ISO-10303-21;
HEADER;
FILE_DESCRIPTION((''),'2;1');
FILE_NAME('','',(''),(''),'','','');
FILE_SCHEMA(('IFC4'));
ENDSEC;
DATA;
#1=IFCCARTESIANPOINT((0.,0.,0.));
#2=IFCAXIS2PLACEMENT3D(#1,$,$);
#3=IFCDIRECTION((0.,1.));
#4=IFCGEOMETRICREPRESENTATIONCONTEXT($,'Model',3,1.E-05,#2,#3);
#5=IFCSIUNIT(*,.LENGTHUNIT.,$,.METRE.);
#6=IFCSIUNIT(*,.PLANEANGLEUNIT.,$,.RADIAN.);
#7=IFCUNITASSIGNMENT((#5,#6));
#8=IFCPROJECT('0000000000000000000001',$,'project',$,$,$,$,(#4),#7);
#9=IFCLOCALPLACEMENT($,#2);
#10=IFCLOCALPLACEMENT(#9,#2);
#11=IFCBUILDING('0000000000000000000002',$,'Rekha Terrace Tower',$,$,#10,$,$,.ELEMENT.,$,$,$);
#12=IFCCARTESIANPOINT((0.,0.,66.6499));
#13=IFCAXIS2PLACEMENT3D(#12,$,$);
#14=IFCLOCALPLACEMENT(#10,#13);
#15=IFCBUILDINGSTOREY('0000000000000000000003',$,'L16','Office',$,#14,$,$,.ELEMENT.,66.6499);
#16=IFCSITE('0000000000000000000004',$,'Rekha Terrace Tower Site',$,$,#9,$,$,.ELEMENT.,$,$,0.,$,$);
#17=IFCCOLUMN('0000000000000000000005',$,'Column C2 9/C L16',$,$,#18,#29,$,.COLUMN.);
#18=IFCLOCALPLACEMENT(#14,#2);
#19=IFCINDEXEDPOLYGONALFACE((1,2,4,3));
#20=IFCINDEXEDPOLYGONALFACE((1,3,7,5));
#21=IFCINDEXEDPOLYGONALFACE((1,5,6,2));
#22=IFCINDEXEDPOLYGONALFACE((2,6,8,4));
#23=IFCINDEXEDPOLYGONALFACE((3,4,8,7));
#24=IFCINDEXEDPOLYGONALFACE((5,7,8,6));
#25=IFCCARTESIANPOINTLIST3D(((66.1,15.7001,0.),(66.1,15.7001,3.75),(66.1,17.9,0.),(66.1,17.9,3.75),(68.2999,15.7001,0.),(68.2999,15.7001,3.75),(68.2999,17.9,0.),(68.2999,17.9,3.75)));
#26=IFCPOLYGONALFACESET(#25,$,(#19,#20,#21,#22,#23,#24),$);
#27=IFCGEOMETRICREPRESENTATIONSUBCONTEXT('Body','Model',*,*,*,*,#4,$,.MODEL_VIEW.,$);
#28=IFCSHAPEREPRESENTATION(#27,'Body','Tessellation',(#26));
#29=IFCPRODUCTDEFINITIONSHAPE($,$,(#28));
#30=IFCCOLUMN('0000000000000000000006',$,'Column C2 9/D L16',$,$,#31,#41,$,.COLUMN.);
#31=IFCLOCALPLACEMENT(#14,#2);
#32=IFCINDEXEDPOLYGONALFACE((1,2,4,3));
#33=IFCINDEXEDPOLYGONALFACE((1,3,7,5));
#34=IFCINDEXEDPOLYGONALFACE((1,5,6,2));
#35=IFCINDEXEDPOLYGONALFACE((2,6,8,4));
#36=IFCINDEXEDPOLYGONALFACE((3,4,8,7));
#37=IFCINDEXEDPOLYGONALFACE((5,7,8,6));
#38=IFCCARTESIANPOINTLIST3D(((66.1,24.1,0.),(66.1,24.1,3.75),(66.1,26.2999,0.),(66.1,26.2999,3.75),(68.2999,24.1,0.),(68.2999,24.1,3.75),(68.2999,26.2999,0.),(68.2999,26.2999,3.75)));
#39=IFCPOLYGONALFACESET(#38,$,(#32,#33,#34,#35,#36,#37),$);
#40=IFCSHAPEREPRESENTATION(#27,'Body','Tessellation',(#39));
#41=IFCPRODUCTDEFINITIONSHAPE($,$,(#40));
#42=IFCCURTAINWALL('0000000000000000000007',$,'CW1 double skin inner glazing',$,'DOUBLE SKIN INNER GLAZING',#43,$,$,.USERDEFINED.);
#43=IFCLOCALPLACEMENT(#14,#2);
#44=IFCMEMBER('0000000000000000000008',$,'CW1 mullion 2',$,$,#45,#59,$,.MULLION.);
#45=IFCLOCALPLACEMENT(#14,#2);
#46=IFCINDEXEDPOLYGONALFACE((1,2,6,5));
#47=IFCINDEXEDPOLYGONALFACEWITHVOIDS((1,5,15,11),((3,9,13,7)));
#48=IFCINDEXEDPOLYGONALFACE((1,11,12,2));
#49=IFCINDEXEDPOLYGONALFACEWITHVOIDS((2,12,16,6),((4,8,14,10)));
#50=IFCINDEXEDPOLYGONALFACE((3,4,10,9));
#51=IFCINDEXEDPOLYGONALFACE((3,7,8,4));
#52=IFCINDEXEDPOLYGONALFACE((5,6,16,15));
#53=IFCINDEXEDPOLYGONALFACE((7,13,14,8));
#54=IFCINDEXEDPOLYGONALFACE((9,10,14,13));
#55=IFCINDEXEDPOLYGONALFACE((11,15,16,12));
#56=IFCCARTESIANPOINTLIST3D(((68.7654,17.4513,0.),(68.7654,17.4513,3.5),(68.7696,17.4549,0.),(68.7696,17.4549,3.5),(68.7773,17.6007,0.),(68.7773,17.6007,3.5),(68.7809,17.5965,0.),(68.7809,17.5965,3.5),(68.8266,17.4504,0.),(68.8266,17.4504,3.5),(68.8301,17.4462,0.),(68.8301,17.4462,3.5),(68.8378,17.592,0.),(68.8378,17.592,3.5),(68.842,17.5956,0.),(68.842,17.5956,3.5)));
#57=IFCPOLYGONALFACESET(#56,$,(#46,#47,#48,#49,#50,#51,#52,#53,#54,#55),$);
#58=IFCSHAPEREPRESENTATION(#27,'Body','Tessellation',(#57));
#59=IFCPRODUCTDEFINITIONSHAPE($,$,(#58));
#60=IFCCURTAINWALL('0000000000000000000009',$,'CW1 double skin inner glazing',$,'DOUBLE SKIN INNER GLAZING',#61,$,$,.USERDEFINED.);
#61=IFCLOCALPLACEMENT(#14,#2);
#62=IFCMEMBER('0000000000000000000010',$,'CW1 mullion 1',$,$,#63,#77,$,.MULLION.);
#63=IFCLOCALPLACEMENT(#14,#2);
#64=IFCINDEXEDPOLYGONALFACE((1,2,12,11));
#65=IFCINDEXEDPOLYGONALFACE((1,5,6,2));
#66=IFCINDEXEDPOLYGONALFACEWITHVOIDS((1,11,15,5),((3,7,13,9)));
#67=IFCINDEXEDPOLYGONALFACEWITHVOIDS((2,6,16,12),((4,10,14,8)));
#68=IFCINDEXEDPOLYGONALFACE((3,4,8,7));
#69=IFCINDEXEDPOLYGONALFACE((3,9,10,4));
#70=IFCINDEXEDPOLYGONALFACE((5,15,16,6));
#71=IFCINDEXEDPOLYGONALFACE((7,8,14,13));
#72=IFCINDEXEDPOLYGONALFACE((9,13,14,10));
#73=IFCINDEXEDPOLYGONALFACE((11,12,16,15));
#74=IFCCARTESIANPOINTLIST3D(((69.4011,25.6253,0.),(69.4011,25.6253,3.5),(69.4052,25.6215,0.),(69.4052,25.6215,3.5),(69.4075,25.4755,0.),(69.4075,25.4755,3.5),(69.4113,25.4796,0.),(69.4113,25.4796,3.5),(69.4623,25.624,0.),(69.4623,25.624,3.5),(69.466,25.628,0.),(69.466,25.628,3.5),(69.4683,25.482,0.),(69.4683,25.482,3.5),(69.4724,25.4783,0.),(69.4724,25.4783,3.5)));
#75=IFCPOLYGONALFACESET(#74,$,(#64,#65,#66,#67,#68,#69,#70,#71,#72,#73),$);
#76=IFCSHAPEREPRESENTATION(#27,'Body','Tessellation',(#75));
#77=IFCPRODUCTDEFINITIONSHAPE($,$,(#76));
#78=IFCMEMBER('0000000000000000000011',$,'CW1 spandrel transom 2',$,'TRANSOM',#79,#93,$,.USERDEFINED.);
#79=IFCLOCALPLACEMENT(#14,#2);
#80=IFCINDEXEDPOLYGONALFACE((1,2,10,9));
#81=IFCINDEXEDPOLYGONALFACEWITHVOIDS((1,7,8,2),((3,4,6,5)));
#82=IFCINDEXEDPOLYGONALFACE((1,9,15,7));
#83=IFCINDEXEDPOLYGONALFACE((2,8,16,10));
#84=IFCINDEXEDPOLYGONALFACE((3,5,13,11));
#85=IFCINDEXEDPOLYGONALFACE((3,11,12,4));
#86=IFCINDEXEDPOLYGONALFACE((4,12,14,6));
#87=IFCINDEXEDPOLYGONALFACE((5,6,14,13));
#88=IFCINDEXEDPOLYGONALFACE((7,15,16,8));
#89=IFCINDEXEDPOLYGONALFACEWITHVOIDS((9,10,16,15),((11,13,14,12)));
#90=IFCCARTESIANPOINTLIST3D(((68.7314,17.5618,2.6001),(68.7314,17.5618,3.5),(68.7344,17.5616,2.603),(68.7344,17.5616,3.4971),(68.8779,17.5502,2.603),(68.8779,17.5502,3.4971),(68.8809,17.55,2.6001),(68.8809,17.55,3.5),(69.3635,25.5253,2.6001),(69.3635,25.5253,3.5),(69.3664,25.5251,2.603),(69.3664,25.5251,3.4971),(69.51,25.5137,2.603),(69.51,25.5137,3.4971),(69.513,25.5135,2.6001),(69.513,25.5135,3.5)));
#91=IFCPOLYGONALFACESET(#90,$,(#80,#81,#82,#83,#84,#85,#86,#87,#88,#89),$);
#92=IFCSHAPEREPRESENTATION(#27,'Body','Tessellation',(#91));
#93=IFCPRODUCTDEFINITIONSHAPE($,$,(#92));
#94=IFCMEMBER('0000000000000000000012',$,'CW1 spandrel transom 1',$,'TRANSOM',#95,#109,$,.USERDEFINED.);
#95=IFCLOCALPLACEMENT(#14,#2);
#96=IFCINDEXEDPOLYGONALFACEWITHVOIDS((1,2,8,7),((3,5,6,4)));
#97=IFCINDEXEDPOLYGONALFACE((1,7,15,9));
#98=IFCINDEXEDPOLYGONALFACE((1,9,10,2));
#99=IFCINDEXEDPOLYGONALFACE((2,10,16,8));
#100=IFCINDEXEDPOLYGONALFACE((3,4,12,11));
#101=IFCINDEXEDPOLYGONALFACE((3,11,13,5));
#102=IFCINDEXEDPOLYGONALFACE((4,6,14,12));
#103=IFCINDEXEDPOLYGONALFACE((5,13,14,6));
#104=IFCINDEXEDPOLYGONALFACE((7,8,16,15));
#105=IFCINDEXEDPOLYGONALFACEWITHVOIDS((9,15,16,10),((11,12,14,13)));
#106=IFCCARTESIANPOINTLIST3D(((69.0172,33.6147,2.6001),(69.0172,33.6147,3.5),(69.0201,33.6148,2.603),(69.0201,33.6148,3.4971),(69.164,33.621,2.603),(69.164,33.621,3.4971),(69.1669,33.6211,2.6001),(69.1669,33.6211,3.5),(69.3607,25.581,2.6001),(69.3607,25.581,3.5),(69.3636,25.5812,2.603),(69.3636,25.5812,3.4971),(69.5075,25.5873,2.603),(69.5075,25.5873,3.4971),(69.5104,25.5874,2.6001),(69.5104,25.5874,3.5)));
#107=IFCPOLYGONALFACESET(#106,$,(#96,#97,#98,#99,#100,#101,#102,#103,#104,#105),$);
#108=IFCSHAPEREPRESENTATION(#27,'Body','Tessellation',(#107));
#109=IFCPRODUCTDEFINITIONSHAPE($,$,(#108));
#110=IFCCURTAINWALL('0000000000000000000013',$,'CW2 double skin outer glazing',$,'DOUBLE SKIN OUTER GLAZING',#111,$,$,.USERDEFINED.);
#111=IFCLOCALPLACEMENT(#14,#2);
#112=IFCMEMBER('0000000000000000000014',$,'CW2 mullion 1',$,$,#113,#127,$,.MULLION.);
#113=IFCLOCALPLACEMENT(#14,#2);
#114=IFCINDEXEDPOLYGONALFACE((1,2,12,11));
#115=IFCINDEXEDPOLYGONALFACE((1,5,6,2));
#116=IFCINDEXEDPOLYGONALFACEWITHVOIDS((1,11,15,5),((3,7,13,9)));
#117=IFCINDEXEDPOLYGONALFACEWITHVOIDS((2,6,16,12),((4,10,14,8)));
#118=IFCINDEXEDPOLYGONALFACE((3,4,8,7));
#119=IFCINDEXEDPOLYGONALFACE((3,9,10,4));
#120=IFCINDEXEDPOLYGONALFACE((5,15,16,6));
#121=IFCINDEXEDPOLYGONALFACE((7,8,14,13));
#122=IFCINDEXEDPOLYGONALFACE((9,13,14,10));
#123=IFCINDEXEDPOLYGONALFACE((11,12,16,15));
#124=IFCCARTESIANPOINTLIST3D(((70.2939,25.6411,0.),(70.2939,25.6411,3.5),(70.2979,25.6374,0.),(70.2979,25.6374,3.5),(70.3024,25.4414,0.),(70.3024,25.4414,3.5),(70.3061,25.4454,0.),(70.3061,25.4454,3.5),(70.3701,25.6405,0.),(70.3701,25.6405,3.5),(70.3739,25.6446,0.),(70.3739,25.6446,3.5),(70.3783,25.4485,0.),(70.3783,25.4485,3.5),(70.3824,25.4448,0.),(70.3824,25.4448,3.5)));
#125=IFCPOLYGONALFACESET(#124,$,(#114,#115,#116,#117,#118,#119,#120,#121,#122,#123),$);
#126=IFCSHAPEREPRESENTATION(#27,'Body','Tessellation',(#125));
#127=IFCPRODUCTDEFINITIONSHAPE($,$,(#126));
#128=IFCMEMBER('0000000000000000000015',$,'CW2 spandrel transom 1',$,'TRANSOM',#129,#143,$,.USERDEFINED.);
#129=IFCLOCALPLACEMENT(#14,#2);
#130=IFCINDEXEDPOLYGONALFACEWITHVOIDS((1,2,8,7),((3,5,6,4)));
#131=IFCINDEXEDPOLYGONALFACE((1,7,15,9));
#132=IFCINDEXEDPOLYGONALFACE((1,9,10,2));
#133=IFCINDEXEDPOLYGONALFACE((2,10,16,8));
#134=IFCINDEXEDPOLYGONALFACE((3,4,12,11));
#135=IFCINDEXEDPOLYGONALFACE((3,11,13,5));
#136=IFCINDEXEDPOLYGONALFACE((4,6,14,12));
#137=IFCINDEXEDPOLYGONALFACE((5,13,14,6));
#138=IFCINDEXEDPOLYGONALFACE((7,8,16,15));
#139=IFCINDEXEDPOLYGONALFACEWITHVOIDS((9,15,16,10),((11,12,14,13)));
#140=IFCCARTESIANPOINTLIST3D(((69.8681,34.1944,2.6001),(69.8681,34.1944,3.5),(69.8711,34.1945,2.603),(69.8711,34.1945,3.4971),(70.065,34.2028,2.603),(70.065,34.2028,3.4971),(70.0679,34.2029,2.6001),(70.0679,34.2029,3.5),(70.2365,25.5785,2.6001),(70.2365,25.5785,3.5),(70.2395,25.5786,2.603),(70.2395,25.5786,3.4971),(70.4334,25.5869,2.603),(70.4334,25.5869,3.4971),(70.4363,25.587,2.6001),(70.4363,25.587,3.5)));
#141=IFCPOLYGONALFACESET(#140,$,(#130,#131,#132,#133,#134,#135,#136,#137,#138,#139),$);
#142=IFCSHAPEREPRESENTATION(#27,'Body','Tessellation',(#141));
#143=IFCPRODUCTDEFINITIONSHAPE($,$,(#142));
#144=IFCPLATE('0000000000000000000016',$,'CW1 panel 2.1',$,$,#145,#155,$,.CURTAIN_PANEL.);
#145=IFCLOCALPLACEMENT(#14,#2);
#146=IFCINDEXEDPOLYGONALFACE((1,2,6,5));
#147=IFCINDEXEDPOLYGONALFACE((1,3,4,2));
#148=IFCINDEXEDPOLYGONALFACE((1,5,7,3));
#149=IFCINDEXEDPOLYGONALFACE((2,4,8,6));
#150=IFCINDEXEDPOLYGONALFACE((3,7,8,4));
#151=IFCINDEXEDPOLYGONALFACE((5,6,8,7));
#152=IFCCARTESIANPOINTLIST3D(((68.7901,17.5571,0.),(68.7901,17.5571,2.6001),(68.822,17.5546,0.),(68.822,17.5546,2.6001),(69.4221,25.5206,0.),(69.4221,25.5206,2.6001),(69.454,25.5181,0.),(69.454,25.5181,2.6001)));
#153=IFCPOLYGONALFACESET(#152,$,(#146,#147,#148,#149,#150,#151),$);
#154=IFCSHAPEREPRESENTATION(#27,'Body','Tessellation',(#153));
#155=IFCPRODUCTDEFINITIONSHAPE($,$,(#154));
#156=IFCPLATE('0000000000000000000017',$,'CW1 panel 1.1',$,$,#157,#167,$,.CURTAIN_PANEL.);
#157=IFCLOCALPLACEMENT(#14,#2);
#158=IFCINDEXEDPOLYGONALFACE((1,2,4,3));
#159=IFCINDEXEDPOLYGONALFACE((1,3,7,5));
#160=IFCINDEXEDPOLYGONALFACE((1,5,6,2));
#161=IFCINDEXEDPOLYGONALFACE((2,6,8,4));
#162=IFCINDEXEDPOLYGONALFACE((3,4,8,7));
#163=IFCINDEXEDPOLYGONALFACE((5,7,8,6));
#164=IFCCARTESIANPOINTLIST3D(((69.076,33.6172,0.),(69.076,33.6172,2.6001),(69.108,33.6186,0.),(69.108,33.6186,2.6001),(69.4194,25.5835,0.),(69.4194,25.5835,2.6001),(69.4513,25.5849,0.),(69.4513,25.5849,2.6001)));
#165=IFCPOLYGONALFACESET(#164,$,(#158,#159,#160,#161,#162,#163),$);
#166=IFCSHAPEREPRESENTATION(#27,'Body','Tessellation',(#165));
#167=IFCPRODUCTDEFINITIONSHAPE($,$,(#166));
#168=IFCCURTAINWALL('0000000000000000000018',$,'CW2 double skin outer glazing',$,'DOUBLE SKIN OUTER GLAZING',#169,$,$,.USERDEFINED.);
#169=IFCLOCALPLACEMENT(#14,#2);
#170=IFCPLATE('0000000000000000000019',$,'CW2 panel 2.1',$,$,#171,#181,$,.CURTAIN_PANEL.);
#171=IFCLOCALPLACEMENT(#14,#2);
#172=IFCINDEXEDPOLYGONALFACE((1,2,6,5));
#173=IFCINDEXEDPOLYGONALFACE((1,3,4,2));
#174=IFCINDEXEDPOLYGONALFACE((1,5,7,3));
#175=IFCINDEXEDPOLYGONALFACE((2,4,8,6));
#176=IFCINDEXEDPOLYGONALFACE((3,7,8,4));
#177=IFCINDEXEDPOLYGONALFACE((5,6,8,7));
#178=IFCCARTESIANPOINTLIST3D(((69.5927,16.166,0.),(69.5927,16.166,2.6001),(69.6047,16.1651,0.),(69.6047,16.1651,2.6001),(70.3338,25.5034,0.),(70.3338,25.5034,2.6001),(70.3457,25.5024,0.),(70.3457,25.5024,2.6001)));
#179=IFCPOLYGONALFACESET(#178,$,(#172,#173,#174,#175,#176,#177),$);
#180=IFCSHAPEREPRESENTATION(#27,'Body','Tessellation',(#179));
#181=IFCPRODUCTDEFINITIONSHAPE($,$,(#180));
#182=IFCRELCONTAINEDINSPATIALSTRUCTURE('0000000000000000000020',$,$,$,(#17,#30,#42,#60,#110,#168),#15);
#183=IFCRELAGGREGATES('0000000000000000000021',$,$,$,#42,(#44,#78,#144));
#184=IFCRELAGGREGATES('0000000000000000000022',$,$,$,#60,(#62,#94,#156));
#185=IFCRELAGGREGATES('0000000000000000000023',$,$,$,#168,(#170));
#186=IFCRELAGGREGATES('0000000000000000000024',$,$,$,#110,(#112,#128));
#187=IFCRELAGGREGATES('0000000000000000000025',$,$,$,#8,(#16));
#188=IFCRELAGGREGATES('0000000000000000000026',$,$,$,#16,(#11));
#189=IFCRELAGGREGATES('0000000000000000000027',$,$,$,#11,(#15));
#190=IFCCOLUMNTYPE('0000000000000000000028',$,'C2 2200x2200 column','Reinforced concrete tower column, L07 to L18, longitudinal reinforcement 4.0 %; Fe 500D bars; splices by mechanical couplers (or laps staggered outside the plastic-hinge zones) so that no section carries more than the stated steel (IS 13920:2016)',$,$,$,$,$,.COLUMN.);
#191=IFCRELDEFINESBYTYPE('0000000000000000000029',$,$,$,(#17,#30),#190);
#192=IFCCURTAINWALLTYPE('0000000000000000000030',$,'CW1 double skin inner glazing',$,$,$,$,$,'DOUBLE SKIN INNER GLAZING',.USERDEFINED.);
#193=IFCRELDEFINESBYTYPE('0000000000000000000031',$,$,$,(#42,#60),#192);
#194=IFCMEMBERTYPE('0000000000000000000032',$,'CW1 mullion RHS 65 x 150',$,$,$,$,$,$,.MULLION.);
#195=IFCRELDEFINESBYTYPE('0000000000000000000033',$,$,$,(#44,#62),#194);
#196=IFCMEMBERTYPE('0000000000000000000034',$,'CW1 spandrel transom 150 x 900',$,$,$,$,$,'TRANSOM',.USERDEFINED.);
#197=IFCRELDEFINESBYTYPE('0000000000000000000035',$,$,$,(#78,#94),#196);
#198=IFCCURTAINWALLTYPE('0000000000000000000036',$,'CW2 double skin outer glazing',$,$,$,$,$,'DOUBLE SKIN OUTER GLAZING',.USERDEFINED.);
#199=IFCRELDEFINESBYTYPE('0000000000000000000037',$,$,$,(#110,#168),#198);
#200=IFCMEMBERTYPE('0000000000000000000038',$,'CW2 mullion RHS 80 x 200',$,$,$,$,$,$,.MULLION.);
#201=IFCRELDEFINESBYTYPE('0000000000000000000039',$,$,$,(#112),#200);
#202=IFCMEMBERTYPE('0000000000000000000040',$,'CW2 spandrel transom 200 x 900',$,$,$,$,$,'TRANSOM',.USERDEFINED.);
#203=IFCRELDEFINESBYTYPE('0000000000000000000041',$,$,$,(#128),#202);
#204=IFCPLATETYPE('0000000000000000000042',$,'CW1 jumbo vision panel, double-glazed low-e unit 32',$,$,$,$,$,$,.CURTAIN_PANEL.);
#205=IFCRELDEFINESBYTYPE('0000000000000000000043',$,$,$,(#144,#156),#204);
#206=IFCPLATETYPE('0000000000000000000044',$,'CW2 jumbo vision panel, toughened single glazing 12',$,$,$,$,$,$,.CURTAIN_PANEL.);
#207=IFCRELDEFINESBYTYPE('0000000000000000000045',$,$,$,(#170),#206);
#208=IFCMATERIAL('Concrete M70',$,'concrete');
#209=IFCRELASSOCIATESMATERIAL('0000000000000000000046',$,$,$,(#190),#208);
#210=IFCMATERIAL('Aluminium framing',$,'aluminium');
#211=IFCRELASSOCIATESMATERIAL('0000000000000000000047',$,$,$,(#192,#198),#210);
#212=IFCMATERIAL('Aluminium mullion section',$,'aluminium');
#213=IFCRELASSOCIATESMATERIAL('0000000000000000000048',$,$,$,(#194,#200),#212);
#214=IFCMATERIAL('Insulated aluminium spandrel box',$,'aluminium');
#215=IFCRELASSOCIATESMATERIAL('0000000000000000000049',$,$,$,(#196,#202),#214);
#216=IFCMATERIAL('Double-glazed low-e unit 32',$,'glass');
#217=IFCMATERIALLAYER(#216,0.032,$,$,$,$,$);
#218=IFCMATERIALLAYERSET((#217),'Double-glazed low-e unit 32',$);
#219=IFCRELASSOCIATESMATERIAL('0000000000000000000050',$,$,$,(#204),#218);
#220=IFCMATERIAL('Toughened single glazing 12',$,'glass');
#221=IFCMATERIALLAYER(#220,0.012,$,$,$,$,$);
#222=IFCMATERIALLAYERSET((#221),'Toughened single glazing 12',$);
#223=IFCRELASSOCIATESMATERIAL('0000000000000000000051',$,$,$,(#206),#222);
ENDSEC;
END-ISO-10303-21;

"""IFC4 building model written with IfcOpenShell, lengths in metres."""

from ifc_helpers import new_model, si_unit, direction, frame, origin, origin_2d, place, context, subcontext, project, spatial, rectangle, hollow_rectangle, extrude, material, layer, layer_set, material_profile, profile_set, type_object, element, aggregate, save


model = new_model("IFC4")

# Units and contexts
model_context = context("Model", 3, precision=1e-05, world=origin(), true_north=direction((0.0, 1.0)))
body_context = subcontext(model_context, "Body", "Model", "MODEL_VIEW")
ifc_project = project(units=[si_unit("LENGTHUNIT", "METRE"), si_unit("PLANEANGLEUNIT", "RADIAN")], contexts=[model_context])

# Site, building, storey
site_placement = place(None, origin())
site = spatial("IfcSite", under=ifc_project, at=site_placement, Name="Rekha Terrace Tower Site", CompositionType="ELEMENT", RefElevation=0.0)
building_placement = place(site_placement, origin())
building = spatial("IfcBuilding", under=site, at=building_placement, Name="Rekha Terrace Tower", CompositionType="ELEMENT")
storey_placement = place(building_placement, frame((0.0, 0.0, 66.6499)))
storey = spatial("IfcBuildingStorey", under=building, at=storey_placement, Name="L16", Description="Office", CompositionType="ELEMENT", Elevation=66.6499)

# Columns
ifc_material_1 = material(Name="Concrete M70", Category="concrete")
ifc_material_profile_1 = material_profile(ifc_material_1, rectangle(XDim=2.2, YDim=2.2, at=origin_2d()), Name="RC 2200x2200")
ifc_profile_set_1 = profile_set([ifc_material_profile_1], Name="Concrete M70")
column_type = type_object("IfcColumnType", Name="C2 2200x2200 column", Description="Reinforced concrete tower column, L07 to L18, longitudinal reinforcement 4.0 %; Fe 500D bars; splices by mechanical couplers (or laps staggered outside the plastic-hinge zones) so that no section carries more than the stated steel (IS 13920:2016)", PredefinedType="COLUMN", material=ifc_profile_set_1)
for number, where, z_axis, x_axis, name in (
    (1, (67.2, 16.8, 0.0), (0.0, 0.0, 1.0), (1.0, 0.0, 0.0), "Column C2 9/C L16"),
    (2, (67.2, 25.2, 0.0), (0.0, 0.0, 1.0), (1.0, 0.0, 0.0), "Column C2 9/D L16"),
):
    element("IfcColumn", number, at=place(storey_placement, frame(where, z_axis=z_axis, x_axis=x_axis)), inside=storey, type_object=column_type, Name=name, PredefinedType="COLUMN", context=body_context, shape_type="SweptSolid", body=[
        extrude(rectangle(XDim=2.2, YDim=2.2, at=origin_2d()), origin(), (0.0, 0.0, 1.0), 3.75),
    ])

# Curtain walls, members
ifc_material_2 = material(Name="Aluminium framing", Category="aluminium")
curtain_wall_type_1 = type_object("IfcCurtainWallType", Name="CW1 double skin inner glazing", ElementType="DOUBLE SKIN INNER GLAZING", PredefinedType="USERDEFINED", material=ifc_material_2)
curtain_wall_1_placement = place(storey_placement, origin())
curtain_wall_1 = element("IfcCurtainWall", 3, at=curtain_wall_1_placement, inside=storey, type_object=curtain_wall_type_1, Name="CW1 double skin inner glazing", ObjectType="DOUBLE SKIN INNER GLAZING", PredefinedType="USERDEFINED")
ifc_material_3 = material(Name="Aluminium mullion section", Category="aluminium")
ifc_material_profile_2 = material_profile(ifc_material_3, hollow_rectangle(XDim=0.0649, YDim=0.1499, WallThickness=0.0039, at=origin_2d()), Name="AL RHS 65x150")
ifc_profile_set_2 = profile_set([ifc_material_profile_2], Name="Aluminium mullion section")
member_type_1 = type_object("IfcMemberType", Name="CW1 mullion RHS 65 x 150", PredefinedType="MULLION", material=ifc_profile_set_2)
member_1_placement = place(storey_placement, frame((68.8037, 17.5234, 0.0), z_axis=(0.0, 0.0, 1.0), x_axis=(-0.996865, 0.079116, 0.0)))
member_1 = element("IfcMember", 4, at=member_1_placement, type_object=member_type_1, Name="CW1 mullion 2", PredefinedType="MULLION", context=body_context, shape_type="SweptSolid", body=[
    extrude(hollow_rectangle(XDim=0.0649, YDim=0.1499, WallThickness=0.0039, at=origin_2d()), origin(), (0.0, 0.0, 1.0), 3.5),
])
curtain_wall_2_placement = place(storey_placement, origin())
curtain_wall_2 = element("IfcCurtainWall", 5, at=curtain_wall_2_placement, inside=storey, type_object=curtain_wall_type_1, Name="CW1 double skin inner glazing", ObjectType="DOUBLE SKIN INNER GLAZING", PredefinedType="USERDEFINED")
member_2_placement = place(storey_placement, frame((69.4368, 25.5518, 0.0), z_axis=(0.0, 0.0, 1.0), x_axis=(-0.999088, -0.042696, 0.0)))
member_2 = element("IfcMember", 6, at=member_2_placement, type_object=member_type_1, Name="CW1 mullion 1", PredefinedType="MULLION", context=body_context, shape_type="SweptSolid", body=[
    extrude(hollow_rectangle(XDim=0.0649, YDim=0.1499, WallThickness=0.0039, at=origin_2d()), origin(), (0.0, 0.0, 1.0), 3.5),
])

# Members
ifc_material_4 = material(Name="Insulated aluminium spandrel box", Category="aluminium")
ifc_material_profile_3 = material_profile(ifc_material_4, hollow_rectangle(XDim=0.1499, YDim=0.8999, WallThickness=0.0029, at=origin_2d()), Name="AL SPANDREL BOX 150x900")
ifc_profile_set_3 = profile_set([ifc_material_profile_3], Name="Insulated aluminium spandrel box")
member_type_2 = type_object("IfcMemberType", Name="CW1 spandrel transom 150 x 900", ElementType="TRANSOM", PredefinedType="USERDEFINED", material=ifc_profile_set_3)
member_3_placement = place(storey_placement, frame((68.8062, 17.5559, 3.05), z_axis=(0.079124, 0.996865, 0.0), x_axis=(-0.996865, 0.079124, 0.0)))
member_3 = element("IfcMember", 7, at=member_3_placement, type_object=member_type_2, Name="CW1 spandrel transom 2", ObjectType="TRANSOM", PredefinedType="USERDEFINED", context=body_context, shape_type="SweptSolid", body=[
    extrude(hollow_rectangle(XDim=0.1499, YDim=0.8999, WallThickness=0.0029, at=origin_2d()), origin(), (0.0, 0.0, 1.0), 7.9885),
])
member_4_placement = place(storey_placement, frame((69.4355, 25.5842, 3.05), z_axis=(-0.042719, 0.999087, 0.0), x_axis=(-0.999087, -0.042719, 0.0)))
member_4 = element("IfcMember", 8, at=member_4_placement, type_object=member_type_2, Name="CW1 spandrel transom 1", ObjectType="TRANSOM", PredefinedType="USERDEFINED", context=body_context, shape_type="SweptSolid", body=[
    extrude(hollow_rectangle(XDim=0.1499, YDim=0.8999, WallThickness=0.0029, at=origin_2d()), origin(), (0.0, 0.0, 1.0), 8.041),
])

# Curtain wall, members
curtain_wall_type_2 = type_object("IfcCurtainWallType", Name="CW2 double skin outer glazing", ElementType="DOUBLE SKIN OUTER GLAZING", PredefinedType="USERDEFINED", material=ifc_material_2)
curtain_wall_3_placement = place(storey_placement, origin())
curtain_wall_3 = element("IfcCurtainWall", 9, at=curtain_wall_3_placement, inside=storey, type_object=curtain_wall_type_2, Name="CW2 double skin outer glazing", ObjectType="DOUBLE SKIN OUTER GLAZING", PredefinedType="USERDEFINED")
ifc_material_profile_4 = material_profile(ifc_material_3, hollow_rectangle(XDim=0.0801, YDim=0.2, WallThickness=0.0039, at=origin_2d()), Name="AL RHS 80x200")
ifc_profile_set_4 = profile_set([ifc_material_profile_4], Name="Aluminium mullion section")
member_type_3 = type_object("IfcMemberType", Name="CW2 mullion RHS 80 x 200", PredefinedType="MULLION", material=ifc_profile_set_4)
member_5_placement = place(storey_placement, frame((70.3381, 25.543, 0.0), z_axis=(0.0, 0.0, 1.0), x_axis=(-0.999088, -0.042696, 0.0)))
member_5 = element("IfcMember", 10, at=member_5_placement, type_object=member_type_3, Name="CW2 mullion 1", PredefinedType="MULLION", context=body_context, shape_type="SweptSolid", body=[
    extrude(hollow_rectangle(XDim=0.0801, YDim=0.2, WallThickness=0.0039, at=origin_2d()), origin(), (0.0, 0.0, 1.0), 3.5),
])
ifc_material_profile_5 = material_profile(ifc_material_4, hollow_rectangle(XDim=0.2, YDim=0.8999, WallThickness=0.0029, at=origin_2d()), Name="AL SPANDREL BOX 200x900")
ifc_profile_set_5 = profile_set([ifc_material_profile_5], Name="Insulated aluminium spandrel box")
member_type_4 = type_object("IfcMemberType", Name="CW2 spandrel transom 200 x 900", ElementType="TRANSOM", PredefinedType="USERDEFINED", material=ifc_profile_set_5)
member_6_placement = place(storey_placement, frame((70.3364, 25.5828, 3.05), z_axis=(-0.04272, 0.999087, 0.0), x_axis=(-0.999087, -0.04272, 0.0)))
member_6 = element("IfcMember", 11, at=member_6_placement, type_object=member_type_4, Name="CW2 spandrel transom 1", ObjectType="TRANSOM", PredefinedType="USERDEFINED", context=body_context, shape_type="SweptSolid", body=[
    extrude(hollow_rectangle(XDim=0.2, YDim=0.8999, WallThickness=0.0029, at=origin_2d()), origin(), (0.0, 0.0, 1.0), 8.6238),
])

# Plates
ifc_material_5 = material(Name="Double-glazed low-e unit 32", Category="glass")
ifc_layer_1 = layer(ifc_material_5, 0.032)
ifc_layer_set_1 = layer_set([ifc_layer_1], Name="Double-glazed low-e unit 32")
plate_type_1 = type_object("IfcPlateType", Name="CW1 jumbo vision panel, double-glazed low-e unit 32", PredefinedType="CURTAIN_PANEL", material=ifc_layer_set_1)
plate_1_placement = place(storey_placement, frame((69.1221, 21.5376, 0.0), z_axis=(0.0, 0.0, 1.0), x_axis=(0.079116, 0.996865, 0.0)))
plate_1 = element("IfcPlate", 12, at=plate_1_placement, type_object=plate_type_1, Name="CW1 panel 2.1", PredefinedType="CURTAIN_PANEL", context=body_context, shape_type="SweptSolid", body=[
    extrude(rectangle(XDim=7.9885, YDim=0.032, at=origin_2d()), origin(), (0.0, 0.0, 1.0), 2.6001),
])
aggregate(curtain_wall_1, [member_1, member_3, plate_1])
plate_2_placement = place(storey_placement, frame((69.2637, 29.6011, 0.0), z_axis=(0.0, 0.0, 1.0), x_axis=(-0.042696, 0.999088, 0.0)))
plate_2 = element("IfcPlate", 13, at=plate_2_placement, type_object=plate_type_1, Name="CW1 panel 1.1", PredefinedType="CURTAIN_PANEL", context=body_context, shape_type="SweptSolid", body=[
    extrude(rectangle(XDim=8.041, YDim=0.032, at=origin_2d()), origin(), (0.0, 0.0, 1.0), 2.6001),
])
aggregate(curtain_wall_2, [member_2, member_4, plate_2])

# Curtain wall, plate
curtain_wall_4_placement = place(storey_placement, origin())
curtain_wall_4 = element("IfcCurtainWall", 14, at=curtain_wall_4_placement, inside=storey, type_object=curtain_wall_type_2, Name="CW2 double skin outer glazing", ObjectType="DOUBLE SKIN OUTER GLAZING", PredefinedType="USERDEFINED")
ifc_material_6 = material(Name="Toughened single glazing 12", Category="glass")
ifc_layer_2 = layer(ifc_material_6, 0.012)
ifc_layer_set_2 = layer_set([ifc_layer_2], Name="Toughened single glazing 12")
plate_type_2 = type_object("IfcPlateType", Name="CW2 jumbo vision panel, toughened single glazing 12", PredefinedType="CURTAIN_PANEL", material=ifc_layer_set_2)
plate_3_placement = place(storey_placement, frame((69.9692, 20.8342, 0.0), z_axis=(0.0, 0.0, 1.0), x_axis=(0.079116, 0.996865, 0.0)))
plate_3 = element("IfcPlate", 15, at=plate_3_placement, type_object=plate_type_2, Name="CW2 panel 2.1", PredefinedType="CURTAIN_PANEL", context=body_context, shape_type="SweptSolid", body=[
    extrude(rectangle(XDim=9.3667, YDim=0.012, at=origin_2d()), origin(), (0.0, 0.0, 1.0), 2.6001),
])
aggregate(curtain_wall_4, [plate_3])

aggregate(curtain_wall_3, [member_5, member_6])

save(model, "model.ifc")
